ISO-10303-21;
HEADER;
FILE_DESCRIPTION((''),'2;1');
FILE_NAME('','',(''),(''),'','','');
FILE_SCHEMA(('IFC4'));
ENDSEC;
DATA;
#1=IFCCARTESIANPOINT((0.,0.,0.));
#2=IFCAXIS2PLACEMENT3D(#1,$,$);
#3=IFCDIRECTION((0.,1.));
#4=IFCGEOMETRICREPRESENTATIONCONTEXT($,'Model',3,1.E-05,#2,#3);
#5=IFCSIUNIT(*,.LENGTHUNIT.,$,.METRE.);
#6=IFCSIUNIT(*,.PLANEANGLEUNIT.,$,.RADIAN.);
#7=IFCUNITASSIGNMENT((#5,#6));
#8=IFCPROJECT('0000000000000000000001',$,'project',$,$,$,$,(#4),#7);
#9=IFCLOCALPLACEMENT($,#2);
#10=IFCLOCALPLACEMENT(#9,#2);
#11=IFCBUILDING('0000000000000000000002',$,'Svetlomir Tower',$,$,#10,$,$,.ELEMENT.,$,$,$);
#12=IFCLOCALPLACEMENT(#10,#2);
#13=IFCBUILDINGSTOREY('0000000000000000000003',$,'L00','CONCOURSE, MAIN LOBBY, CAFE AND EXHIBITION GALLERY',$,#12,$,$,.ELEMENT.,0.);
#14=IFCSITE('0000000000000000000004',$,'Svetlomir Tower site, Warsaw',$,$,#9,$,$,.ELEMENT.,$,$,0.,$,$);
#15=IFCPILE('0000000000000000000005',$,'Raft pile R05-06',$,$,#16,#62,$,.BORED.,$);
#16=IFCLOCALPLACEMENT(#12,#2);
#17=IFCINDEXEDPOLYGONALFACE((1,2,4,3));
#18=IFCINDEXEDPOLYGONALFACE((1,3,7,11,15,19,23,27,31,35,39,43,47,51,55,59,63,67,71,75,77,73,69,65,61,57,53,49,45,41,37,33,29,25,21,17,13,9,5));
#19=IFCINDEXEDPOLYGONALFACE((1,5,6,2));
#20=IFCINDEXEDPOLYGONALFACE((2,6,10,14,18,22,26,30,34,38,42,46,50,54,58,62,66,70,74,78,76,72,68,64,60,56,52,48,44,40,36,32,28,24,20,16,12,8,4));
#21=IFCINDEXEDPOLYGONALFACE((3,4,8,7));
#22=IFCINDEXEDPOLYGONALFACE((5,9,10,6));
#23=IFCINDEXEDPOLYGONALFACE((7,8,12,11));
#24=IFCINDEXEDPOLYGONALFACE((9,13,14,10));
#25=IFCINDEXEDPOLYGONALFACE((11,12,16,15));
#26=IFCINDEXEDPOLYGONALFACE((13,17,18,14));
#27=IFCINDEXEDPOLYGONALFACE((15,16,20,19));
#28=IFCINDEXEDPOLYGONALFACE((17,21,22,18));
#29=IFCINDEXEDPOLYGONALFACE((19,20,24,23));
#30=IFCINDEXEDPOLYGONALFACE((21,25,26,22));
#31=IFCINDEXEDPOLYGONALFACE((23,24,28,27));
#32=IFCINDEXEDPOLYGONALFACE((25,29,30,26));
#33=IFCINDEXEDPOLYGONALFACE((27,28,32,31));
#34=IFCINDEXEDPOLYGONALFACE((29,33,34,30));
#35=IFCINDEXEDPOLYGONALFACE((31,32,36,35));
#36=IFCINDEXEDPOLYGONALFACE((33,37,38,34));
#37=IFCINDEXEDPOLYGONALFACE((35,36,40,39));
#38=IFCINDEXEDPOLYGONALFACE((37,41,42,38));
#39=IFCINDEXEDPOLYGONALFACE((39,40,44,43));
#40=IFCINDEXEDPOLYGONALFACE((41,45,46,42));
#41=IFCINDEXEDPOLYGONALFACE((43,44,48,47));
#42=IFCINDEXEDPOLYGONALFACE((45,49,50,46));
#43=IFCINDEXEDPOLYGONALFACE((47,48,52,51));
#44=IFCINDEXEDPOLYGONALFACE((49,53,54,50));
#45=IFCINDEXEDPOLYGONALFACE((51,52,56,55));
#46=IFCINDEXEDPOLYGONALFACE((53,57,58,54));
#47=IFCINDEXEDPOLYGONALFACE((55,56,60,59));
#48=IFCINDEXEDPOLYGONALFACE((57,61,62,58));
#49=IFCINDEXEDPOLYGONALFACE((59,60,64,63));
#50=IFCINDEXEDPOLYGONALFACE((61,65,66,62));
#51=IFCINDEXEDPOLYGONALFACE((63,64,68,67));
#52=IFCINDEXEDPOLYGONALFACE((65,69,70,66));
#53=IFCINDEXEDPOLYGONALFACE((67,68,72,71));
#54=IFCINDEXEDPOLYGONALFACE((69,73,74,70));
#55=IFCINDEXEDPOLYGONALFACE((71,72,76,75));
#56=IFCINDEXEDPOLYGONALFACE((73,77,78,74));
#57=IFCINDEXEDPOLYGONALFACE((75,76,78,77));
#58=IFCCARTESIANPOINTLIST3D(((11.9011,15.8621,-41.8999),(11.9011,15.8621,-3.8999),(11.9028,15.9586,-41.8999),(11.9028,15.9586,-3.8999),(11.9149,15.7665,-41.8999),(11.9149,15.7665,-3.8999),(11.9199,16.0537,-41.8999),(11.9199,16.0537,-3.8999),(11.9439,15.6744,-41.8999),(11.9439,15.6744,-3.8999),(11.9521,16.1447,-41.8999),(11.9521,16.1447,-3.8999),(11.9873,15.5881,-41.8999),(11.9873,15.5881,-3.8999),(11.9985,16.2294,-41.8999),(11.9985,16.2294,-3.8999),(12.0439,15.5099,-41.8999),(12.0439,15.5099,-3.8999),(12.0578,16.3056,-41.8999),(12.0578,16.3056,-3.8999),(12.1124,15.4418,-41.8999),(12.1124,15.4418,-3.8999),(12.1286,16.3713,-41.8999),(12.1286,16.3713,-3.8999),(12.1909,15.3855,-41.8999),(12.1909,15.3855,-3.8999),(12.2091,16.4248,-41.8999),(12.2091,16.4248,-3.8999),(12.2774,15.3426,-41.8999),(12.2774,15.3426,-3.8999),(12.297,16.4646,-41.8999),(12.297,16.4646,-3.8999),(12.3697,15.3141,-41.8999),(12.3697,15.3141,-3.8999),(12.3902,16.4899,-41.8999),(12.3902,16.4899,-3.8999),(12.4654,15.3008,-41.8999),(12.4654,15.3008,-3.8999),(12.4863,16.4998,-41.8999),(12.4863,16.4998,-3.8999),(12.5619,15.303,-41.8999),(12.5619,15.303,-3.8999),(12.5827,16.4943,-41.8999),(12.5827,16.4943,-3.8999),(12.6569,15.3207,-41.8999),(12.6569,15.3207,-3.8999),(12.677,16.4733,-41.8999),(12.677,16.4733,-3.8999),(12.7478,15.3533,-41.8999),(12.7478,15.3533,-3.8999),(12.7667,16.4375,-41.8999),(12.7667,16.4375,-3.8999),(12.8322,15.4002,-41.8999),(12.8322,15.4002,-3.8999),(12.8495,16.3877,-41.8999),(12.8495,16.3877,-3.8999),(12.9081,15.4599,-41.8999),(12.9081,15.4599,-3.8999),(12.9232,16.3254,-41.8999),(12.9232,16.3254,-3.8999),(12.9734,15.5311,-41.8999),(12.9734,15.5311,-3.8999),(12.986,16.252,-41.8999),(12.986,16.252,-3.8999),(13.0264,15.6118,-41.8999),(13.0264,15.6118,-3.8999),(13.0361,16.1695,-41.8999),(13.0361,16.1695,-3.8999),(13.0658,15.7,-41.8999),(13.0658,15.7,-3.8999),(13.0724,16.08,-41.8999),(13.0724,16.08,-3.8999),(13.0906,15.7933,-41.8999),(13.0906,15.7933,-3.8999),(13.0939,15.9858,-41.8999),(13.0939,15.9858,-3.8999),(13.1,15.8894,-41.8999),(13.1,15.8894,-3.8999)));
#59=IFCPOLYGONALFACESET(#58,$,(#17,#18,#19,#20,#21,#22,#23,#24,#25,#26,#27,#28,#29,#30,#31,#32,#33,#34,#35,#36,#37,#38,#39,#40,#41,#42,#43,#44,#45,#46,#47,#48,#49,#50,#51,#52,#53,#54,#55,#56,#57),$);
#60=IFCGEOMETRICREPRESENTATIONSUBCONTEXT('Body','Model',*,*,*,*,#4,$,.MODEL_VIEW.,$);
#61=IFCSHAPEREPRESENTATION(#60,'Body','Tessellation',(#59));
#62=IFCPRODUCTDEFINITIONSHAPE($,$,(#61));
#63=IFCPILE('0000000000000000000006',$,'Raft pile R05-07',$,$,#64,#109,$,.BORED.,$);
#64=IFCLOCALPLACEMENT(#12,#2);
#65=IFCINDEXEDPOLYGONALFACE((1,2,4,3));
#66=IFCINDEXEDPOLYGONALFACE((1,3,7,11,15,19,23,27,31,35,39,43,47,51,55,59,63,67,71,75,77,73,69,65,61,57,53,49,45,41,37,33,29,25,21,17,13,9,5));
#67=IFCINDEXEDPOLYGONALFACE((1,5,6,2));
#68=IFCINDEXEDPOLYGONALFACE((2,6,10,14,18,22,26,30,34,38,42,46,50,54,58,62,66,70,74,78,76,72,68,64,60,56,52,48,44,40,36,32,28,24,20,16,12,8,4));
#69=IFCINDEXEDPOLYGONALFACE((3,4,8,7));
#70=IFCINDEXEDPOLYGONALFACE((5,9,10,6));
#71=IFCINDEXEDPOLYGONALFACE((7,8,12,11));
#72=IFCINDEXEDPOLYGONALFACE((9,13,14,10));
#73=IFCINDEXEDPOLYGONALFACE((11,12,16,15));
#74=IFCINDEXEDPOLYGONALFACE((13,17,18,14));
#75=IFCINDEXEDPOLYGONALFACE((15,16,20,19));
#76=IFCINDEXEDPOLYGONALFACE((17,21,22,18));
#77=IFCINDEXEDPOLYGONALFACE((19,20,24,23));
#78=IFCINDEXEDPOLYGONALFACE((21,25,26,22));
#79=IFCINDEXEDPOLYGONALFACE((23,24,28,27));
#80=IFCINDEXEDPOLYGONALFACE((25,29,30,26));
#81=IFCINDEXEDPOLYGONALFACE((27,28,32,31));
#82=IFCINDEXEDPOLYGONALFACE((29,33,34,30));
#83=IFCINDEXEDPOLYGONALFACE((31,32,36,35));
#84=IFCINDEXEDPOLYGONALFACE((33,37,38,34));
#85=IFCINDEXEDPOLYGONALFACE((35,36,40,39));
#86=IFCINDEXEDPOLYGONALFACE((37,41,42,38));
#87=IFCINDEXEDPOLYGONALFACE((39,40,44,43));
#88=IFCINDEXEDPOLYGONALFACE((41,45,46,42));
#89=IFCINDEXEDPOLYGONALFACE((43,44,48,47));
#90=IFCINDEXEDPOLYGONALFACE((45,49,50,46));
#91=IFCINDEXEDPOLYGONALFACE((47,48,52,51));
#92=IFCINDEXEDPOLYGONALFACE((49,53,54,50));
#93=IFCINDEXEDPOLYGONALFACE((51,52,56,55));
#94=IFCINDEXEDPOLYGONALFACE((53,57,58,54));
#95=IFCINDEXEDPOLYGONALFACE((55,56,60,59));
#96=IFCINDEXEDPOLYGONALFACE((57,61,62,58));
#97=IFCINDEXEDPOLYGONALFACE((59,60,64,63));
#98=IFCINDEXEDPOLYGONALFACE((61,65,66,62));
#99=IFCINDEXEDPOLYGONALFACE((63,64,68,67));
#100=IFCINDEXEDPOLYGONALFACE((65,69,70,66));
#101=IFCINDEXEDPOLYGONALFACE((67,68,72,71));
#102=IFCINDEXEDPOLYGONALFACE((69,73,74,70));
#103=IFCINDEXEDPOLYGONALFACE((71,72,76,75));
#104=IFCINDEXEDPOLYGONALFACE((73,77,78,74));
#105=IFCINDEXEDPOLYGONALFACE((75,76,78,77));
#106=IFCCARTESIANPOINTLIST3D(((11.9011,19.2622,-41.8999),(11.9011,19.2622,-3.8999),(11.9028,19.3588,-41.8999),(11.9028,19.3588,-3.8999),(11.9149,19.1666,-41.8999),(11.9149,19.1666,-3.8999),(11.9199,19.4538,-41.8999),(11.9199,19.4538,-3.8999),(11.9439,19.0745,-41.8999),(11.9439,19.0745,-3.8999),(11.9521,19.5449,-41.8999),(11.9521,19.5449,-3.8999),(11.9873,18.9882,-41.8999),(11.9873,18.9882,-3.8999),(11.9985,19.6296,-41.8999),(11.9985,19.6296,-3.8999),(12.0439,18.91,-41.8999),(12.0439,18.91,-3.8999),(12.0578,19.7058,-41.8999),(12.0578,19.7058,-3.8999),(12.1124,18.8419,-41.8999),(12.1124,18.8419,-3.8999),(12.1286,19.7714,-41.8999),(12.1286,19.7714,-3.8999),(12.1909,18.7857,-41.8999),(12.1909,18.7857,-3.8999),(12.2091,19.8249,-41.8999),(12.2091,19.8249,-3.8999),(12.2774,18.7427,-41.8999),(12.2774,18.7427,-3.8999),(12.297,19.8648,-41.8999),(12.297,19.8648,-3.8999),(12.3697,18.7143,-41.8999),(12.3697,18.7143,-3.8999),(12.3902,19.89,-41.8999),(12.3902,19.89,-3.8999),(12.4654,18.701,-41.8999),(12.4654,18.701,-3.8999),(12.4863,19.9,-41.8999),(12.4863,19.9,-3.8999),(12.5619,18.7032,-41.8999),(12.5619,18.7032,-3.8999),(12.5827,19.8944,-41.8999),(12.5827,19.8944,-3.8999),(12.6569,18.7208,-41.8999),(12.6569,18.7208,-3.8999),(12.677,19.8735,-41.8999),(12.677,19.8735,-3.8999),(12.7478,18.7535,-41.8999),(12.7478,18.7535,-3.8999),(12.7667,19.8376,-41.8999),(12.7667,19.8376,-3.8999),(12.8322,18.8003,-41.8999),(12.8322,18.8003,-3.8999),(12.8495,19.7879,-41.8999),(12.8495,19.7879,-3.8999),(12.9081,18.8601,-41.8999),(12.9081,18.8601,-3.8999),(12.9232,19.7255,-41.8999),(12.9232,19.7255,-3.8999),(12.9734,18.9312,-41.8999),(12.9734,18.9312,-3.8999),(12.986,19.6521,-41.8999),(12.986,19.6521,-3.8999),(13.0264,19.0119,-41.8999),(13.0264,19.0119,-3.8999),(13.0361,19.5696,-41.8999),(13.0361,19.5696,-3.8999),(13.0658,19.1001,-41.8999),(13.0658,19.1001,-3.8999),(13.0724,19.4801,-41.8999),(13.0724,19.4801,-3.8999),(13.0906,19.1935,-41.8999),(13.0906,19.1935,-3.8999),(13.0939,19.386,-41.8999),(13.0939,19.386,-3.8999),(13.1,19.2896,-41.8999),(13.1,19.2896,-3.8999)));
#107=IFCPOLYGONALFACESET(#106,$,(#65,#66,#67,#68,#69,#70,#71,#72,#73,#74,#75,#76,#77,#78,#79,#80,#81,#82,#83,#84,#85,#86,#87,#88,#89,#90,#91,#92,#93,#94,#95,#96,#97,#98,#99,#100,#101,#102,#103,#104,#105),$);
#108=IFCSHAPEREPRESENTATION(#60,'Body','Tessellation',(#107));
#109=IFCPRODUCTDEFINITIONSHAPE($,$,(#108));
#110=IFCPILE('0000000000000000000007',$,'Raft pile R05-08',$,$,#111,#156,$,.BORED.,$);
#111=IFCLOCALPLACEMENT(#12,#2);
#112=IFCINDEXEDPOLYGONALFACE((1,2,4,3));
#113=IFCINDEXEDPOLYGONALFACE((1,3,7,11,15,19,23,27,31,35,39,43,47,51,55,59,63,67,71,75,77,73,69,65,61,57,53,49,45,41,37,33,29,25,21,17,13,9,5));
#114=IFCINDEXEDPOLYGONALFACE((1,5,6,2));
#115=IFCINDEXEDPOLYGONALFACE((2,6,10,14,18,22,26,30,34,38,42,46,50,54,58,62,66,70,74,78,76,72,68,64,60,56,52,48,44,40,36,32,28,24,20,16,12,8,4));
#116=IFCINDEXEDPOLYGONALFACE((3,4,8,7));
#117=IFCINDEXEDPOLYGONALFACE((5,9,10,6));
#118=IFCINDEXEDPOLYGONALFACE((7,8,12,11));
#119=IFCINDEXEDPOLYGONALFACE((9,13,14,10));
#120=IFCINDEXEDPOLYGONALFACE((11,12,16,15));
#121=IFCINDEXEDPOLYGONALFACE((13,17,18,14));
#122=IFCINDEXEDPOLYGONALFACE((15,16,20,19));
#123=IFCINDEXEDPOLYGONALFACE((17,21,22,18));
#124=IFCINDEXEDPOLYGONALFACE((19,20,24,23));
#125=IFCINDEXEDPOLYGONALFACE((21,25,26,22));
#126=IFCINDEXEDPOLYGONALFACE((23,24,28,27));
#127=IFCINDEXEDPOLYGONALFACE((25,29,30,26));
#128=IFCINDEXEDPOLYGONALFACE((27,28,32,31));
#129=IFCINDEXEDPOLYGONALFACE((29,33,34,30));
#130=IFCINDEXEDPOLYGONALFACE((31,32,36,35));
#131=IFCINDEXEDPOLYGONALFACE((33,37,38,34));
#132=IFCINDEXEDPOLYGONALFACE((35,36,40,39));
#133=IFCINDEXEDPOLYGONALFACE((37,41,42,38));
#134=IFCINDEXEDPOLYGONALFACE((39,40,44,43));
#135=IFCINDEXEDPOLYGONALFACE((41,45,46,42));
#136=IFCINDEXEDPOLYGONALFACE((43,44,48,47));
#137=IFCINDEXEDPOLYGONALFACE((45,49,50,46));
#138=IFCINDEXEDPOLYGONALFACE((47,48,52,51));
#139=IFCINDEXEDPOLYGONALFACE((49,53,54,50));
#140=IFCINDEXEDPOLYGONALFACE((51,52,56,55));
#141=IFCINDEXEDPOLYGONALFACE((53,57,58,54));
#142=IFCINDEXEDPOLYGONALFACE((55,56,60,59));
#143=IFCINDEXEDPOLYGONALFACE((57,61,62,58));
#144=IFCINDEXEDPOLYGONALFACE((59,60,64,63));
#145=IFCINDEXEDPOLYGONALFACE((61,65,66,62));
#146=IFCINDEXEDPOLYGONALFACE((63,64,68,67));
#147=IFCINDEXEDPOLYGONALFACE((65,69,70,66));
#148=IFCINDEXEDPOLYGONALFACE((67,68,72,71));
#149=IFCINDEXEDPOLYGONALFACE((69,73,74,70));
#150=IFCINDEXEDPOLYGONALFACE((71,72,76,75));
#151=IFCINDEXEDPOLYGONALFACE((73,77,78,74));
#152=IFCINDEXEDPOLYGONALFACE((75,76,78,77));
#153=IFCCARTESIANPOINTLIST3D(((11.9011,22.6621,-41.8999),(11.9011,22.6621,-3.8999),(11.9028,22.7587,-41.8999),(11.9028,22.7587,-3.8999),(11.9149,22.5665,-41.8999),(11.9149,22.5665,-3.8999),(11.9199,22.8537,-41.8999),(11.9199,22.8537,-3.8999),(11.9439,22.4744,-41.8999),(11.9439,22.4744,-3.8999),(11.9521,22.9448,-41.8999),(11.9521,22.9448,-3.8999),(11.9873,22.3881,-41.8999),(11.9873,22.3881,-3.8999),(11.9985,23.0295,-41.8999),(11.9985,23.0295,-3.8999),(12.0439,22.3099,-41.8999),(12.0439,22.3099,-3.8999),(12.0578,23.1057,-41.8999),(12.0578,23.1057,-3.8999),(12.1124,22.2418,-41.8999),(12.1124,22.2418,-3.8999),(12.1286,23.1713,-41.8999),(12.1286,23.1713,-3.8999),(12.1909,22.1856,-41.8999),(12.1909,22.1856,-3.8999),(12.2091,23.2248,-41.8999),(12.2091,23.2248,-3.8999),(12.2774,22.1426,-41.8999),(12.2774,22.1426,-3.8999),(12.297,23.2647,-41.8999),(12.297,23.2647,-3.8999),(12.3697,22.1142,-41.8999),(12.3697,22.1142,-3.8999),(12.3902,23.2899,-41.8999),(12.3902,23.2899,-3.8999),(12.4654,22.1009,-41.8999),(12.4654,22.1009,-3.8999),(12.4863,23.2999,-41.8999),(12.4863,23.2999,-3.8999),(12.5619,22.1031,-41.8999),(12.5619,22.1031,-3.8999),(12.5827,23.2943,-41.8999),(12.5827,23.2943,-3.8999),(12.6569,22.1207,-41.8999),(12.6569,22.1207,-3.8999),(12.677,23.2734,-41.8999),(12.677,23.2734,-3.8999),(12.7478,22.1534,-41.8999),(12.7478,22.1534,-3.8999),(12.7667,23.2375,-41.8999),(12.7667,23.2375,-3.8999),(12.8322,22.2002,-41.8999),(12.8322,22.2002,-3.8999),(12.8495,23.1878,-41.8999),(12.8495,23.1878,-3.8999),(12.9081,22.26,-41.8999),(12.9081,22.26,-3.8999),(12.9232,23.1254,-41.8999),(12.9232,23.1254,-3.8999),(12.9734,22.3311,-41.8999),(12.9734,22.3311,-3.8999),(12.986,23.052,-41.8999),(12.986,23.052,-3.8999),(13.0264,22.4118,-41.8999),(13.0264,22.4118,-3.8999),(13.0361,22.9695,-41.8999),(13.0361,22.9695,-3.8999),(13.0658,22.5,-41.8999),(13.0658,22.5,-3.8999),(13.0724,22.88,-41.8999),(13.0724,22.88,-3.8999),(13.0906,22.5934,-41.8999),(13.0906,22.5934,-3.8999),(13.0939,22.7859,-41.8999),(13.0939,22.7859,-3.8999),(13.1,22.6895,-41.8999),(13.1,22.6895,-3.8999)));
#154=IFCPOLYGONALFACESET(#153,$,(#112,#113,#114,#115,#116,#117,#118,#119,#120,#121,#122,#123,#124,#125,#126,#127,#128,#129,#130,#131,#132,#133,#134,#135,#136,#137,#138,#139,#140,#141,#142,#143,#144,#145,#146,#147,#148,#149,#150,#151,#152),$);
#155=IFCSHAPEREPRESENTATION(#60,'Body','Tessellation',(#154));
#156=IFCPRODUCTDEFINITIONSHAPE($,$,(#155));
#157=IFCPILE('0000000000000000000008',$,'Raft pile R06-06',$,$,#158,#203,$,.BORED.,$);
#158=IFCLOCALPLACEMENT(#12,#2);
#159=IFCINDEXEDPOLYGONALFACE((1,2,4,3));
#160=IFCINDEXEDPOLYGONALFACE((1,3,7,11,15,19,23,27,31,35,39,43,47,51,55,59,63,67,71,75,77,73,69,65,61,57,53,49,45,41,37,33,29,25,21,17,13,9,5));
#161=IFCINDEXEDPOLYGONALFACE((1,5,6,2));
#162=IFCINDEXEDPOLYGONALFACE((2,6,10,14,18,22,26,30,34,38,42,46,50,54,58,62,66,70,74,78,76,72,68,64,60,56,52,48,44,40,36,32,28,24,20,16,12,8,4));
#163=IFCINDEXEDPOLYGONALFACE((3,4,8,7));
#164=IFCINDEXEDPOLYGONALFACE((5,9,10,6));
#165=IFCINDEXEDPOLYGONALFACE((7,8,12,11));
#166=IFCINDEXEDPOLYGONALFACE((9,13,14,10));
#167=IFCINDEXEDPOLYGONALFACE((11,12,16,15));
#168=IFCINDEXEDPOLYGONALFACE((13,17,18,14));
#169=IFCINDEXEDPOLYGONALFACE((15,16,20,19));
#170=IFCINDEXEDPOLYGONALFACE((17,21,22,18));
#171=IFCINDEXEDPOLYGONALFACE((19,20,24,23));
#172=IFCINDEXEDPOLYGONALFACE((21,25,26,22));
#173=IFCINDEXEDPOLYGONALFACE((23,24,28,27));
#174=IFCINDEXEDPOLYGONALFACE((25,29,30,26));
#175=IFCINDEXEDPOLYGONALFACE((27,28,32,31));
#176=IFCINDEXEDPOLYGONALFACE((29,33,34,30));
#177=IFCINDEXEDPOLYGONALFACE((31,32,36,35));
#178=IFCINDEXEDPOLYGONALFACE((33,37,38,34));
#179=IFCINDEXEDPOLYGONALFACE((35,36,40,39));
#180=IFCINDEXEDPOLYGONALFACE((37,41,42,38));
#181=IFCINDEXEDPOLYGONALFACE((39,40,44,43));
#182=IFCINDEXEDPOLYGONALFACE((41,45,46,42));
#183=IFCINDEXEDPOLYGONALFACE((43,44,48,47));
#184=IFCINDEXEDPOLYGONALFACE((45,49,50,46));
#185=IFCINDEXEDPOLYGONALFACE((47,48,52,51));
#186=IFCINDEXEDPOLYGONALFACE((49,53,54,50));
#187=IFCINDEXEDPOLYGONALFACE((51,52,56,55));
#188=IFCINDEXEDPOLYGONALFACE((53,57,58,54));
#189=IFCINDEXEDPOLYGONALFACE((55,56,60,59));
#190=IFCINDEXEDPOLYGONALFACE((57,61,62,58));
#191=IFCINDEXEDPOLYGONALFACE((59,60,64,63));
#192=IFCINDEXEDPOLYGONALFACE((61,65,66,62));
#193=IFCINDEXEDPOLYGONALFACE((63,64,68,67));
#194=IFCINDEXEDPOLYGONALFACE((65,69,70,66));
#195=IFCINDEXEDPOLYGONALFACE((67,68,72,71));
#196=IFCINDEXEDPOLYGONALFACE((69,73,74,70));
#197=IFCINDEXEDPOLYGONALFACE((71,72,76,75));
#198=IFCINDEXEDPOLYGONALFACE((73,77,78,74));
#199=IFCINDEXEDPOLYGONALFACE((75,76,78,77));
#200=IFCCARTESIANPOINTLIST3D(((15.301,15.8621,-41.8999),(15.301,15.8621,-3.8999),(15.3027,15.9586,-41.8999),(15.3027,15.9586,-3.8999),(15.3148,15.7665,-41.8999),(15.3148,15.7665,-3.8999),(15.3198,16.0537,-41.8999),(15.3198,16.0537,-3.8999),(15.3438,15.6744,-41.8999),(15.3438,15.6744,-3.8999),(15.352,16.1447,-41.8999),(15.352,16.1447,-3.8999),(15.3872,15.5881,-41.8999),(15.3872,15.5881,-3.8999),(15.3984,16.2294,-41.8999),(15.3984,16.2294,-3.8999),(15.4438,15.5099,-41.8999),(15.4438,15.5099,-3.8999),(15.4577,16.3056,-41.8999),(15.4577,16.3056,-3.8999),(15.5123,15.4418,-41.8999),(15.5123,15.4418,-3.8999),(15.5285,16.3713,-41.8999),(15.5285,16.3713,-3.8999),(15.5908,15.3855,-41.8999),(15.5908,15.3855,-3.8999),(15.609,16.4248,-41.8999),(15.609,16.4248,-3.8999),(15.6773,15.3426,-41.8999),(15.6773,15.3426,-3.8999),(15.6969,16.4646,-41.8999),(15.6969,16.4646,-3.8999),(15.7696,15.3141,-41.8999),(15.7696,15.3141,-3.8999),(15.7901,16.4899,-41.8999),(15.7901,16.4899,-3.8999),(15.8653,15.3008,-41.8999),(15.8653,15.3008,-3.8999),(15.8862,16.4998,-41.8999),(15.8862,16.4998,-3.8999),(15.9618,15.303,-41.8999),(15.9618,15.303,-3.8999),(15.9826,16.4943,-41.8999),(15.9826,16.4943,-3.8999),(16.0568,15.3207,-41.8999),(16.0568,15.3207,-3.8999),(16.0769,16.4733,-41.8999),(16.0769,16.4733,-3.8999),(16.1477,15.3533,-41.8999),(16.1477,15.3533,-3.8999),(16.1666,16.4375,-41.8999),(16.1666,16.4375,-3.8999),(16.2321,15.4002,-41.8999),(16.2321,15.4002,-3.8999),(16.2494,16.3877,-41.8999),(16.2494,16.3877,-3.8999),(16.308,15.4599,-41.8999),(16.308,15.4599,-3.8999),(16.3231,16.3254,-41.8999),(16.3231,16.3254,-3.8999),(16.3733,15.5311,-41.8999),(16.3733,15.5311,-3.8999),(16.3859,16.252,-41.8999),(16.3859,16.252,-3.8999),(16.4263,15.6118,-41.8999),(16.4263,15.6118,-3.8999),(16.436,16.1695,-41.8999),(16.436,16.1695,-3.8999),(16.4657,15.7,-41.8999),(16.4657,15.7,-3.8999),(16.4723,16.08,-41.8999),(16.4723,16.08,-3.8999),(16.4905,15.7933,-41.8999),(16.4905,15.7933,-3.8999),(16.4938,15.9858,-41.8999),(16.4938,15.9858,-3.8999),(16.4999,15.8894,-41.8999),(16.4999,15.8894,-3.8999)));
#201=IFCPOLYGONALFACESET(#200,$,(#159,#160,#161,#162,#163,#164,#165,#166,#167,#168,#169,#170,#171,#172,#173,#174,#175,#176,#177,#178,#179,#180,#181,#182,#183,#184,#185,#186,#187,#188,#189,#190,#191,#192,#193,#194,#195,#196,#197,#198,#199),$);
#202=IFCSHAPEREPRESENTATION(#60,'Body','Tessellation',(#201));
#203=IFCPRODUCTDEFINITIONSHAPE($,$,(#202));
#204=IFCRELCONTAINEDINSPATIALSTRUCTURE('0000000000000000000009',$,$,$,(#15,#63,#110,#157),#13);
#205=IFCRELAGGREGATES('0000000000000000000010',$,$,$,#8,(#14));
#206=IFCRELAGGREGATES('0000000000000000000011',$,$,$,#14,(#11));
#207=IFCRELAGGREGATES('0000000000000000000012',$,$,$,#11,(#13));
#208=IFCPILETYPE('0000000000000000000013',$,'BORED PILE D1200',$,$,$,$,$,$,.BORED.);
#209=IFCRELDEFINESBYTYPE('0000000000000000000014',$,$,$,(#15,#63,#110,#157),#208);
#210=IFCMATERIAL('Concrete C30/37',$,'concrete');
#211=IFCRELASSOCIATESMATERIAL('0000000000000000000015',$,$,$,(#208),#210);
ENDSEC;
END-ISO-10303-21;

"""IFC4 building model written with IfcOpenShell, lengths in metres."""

from ifc_helpers import new_model, si_unit, direction, frame, frame_2d, origin, origin_2d, place, context, subcontext, project, spatial, circle, extrude, material, material_profile, profile_set, type_object, element, save


model = new_model("IFC4")

# Units and contexts
model_context = context("Model", 3, precision=1e-05, world=origin(), true_north=direction((0.0, 1.0)))
body_context = subcontext(model_context, "Body", "Model", "MODEL_VIEW")
ifc_project = project(units=[si_unit("LENGTHUNIT", "METRE"), si_unit("PLANEANGLEUNIT", "RADIAN")], contexts=[model_context])

# Site, building, storey
site_placement = place(None, origin())
site = spatial("IfcSite", under=ifc_project, at=site_placement, Name="Svetlomir Tower site, Warsaw", CompositionType="ELEMENT", RefElevation=0.0)
building_placement = place(site_placement, origin())
building = spatial("IfcBuilding", under=site, at=building_placement, Name="Svetlomir Tower", CompositionType="ELEMENT")
storey_placement = place(building_placement, origin())
storey = spatial("IfcBuildingStorey", under=building, at=storey_placement, Name="L00", Description="CONCOURSE, MAIN LOBBY, CAFE AND EXHIBITION GALLERY", CompositionType="ELEMENT", Elevation=0.0)

# Piles
ifc_material_1 = material(Name="Concrete C30/37", Category="concrete")
ifc_material_profile = material_profile(ifc_material_1, circle(Radius=0.6001, at=origin_2d()), Name="D1200")
ifc_profile_set = profile_set([ifc_material_profile], Name="Concrete C30/37")
pile_type = type_object("IfcPileType", Name="BORED PILE D1200", PredefinedType="BORED", material=ifc_profile_set)
for number, where, z_axis, x_axis, name in (
    (1, (12.5, 15.8999, -3.8999), (0.0, 0.0, -1.0), (1.0, 0.0, 0.0), "Raft pile R05-06"),
    (2, (12.5, 19.3, -3.8999), (0.0, 0.0, -1.0), (1.0, 0.0, 0.0), "Raft pile R05-07"),
    (3, (12.5, 22.7, -3.8999), (0.0, 0.0, -1.0), (1.0, 0.0, 0.0), "Raft pile R05-08"),
    (4, (15.8999, 15.8999, -3.8999), (0.0, 0.0, -1.0), (1.0, 0.0, 0.0), "Raft pile R06-06"),
):
    element("IfcPile", number, at=place(storey_placement, frame(where, z_axis=z_axis, x_axis=x_axis)), inside=storey, type_object=pile_type, Name=name, PredefinedType="BORED", context=body_context, shape_type="SweptSolid", body=[
        extrude(circle(Radius=0.6001, at=frame_2d((0.0, 0.0), x_axis=(0.999848, 0.017452))), origin(), (0.0, 0.0, 1.0), 38.0),
    ])

save(model, "model.ifc")
